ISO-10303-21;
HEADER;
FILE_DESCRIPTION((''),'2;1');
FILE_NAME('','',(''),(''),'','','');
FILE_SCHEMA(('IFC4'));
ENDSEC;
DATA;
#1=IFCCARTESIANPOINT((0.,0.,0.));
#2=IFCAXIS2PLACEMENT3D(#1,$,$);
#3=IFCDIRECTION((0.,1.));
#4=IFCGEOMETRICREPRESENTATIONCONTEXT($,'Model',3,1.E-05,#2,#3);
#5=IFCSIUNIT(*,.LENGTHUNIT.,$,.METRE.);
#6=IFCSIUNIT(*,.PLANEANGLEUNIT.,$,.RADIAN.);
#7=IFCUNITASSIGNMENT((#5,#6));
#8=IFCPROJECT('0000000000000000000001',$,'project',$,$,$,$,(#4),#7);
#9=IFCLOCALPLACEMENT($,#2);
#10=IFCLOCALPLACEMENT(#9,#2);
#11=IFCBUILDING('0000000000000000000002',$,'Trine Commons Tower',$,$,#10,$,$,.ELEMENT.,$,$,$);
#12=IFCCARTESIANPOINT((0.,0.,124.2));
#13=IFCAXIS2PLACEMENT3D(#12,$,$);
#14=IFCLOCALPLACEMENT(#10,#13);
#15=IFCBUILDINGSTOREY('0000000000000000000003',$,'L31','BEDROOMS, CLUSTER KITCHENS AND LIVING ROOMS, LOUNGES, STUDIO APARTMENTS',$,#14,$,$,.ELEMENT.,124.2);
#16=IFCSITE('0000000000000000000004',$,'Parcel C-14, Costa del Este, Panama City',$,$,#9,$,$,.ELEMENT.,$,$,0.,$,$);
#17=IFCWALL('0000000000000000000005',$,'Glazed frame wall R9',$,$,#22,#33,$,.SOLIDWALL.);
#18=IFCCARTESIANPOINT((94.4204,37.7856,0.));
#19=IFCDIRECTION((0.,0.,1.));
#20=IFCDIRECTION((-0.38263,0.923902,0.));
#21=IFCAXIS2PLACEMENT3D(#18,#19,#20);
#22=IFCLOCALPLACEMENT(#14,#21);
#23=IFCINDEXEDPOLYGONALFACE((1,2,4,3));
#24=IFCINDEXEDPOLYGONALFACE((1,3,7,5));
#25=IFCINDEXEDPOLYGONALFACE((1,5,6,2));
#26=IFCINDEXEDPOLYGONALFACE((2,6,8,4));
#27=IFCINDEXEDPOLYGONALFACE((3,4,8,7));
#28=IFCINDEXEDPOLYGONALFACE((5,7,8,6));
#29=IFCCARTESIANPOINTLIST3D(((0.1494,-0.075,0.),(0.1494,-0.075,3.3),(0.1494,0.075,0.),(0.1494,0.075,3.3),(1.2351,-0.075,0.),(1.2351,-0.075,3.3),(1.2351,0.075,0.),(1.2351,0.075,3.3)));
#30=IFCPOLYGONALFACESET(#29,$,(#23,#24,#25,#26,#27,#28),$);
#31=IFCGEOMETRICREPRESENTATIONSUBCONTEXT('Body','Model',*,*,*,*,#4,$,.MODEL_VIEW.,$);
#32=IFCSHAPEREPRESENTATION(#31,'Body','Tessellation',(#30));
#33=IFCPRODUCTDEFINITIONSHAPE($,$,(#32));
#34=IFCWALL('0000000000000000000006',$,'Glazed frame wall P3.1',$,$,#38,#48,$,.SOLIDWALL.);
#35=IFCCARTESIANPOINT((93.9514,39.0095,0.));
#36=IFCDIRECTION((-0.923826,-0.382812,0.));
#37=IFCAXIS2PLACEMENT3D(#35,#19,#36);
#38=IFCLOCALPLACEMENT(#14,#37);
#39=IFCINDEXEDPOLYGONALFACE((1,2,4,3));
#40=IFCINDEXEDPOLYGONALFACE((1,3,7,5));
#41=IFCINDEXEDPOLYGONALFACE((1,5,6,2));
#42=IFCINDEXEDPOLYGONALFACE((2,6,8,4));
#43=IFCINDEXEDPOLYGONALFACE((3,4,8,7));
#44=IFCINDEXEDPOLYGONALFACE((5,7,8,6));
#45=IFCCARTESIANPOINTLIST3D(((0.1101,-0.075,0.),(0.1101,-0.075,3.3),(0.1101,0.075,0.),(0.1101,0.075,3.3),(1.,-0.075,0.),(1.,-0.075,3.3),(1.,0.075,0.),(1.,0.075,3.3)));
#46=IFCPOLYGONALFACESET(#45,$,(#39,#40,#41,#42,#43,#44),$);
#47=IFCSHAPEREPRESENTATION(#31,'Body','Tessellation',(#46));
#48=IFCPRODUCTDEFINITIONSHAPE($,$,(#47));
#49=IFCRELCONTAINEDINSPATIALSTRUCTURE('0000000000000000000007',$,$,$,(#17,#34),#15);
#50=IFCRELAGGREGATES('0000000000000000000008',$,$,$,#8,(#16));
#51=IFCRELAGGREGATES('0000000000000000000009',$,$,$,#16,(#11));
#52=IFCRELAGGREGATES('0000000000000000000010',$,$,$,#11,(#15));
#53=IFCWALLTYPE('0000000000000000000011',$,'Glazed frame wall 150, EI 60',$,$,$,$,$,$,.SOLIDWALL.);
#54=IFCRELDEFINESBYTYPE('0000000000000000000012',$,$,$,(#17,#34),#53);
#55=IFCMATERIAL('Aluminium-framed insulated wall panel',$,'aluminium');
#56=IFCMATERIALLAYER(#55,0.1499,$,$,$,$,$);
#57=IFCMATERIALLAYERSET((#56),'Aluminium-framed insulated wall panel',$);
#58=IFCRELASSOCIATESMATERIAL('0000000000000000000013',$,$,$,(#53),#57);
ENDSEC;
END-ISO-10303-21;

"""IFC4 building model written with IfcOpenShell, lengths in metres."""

from ifc_helpers import new_model, si_unit, direction, frame, origin, place, context, subcontext, project, spatial, polyline, outline, extrude, material, layer, layer_set, type_object, element, save


model = new_model("IFC4")

# Units and contexts
model_context = context("Model", 3, precision=1e-05, world=origin(), true_north=direction((0.0, 1.0)))
body_context = subcontext(model_context, "Body", "Model", "MODEL_VIEW")
ifc_project = project(units=[si_unit("LENGTHUNIT", "METRE"), si_unit("PLANEANGLEUNIT", "RADIAN")], contexts=[model_context])

# Site, building, storey
site_placement = place(None, origin())
site = spatial("IfcSite", under=ifc_project, at=site_placement, Name="Parcel C-14, Costa del Este, Panama City", CompositionType="ELEMENT", RefElevation=0.0)
building_placement = place(site_placement, origin())
building = spatial("IfcBuilding", under=site, at=building_placement, Name="Trine Commons Tower", CompositionType="ELEMENT")
storey_placement = place(building_placement, frame((0.0, 0.0, 124.2)))
storey = spatial("IfcBuildingStorey", under=building, at=storey_placement, Name="L31", Description="BEDROOMS, CLUSTER KITCHENS AND LIVING ROOMS, LOUNGES, STUDIO APARTMENTS", CompositionType="ELEMENT", Elevation=124.2)

# Walls
ifc_material_1 = material(Name="Aluminium-framed insulated wall panel", Category="aluminium")
ifc_layer_1 = layer(ifc_material_1, 0.1499)
ifc_layer_set_1 = layer_set([ifc_layer_1], Name="Aluminium-framed insulated wall panel")
wall_type_1 = type_object("IfcWallType", Name="Glazed frame wall 150, EI 60", PredefinedType="SOLIDWALL", material=ifc_layer_set_1)
wall_1_placement = place(storey_placement, frame((94.4204, 37.7856, 0.0), z_axis=(0.0, 0.0, 1.0), x_axis=(-0.38263, 0.923902, 0.0)))
element("IfcWall", 1, at=wall_1_placement, inside=storey, type_object=wall_type_1, Name="Glazed frame wall R9", PredefinedType="SOLIDWALL", context=body_context, shape_type="SweptSolid", body=[
    extrude(outline(polyline([(0.1494, 0.075), (0.1494, -0.075), (1.2351, -0.075), (1.2351, 0.075), (0.1494, 0.075)])), origin(), (0.0, 0.0, 1.0), 3.3),
])
wall_2_placement = place(storey_placement, frame((93.9514, 39.0095, 0.0), z_axis=(0.0, 0.0, 1.0), x_axis=(-0.923826, -0.382812, 0.0)))
element("IfcWall", 2, at=wall_2_placement, inside=storey, type_object=wall_type_1, Name="Glazed frame wall P3.1", PredefinedType="SOLIDWALL", context=body_context, shape_type="SweptSolid", body=[
    extrude(outline(polyline([(0.1101, -0.075), (1.0, -0.075), (1.0, 0.075), (0.1101, 0.075), (0.1101, -0.075)])), origin(), (0.0, 0.0, 1.0), 3.3),
])

save(model, "model.ifc")
